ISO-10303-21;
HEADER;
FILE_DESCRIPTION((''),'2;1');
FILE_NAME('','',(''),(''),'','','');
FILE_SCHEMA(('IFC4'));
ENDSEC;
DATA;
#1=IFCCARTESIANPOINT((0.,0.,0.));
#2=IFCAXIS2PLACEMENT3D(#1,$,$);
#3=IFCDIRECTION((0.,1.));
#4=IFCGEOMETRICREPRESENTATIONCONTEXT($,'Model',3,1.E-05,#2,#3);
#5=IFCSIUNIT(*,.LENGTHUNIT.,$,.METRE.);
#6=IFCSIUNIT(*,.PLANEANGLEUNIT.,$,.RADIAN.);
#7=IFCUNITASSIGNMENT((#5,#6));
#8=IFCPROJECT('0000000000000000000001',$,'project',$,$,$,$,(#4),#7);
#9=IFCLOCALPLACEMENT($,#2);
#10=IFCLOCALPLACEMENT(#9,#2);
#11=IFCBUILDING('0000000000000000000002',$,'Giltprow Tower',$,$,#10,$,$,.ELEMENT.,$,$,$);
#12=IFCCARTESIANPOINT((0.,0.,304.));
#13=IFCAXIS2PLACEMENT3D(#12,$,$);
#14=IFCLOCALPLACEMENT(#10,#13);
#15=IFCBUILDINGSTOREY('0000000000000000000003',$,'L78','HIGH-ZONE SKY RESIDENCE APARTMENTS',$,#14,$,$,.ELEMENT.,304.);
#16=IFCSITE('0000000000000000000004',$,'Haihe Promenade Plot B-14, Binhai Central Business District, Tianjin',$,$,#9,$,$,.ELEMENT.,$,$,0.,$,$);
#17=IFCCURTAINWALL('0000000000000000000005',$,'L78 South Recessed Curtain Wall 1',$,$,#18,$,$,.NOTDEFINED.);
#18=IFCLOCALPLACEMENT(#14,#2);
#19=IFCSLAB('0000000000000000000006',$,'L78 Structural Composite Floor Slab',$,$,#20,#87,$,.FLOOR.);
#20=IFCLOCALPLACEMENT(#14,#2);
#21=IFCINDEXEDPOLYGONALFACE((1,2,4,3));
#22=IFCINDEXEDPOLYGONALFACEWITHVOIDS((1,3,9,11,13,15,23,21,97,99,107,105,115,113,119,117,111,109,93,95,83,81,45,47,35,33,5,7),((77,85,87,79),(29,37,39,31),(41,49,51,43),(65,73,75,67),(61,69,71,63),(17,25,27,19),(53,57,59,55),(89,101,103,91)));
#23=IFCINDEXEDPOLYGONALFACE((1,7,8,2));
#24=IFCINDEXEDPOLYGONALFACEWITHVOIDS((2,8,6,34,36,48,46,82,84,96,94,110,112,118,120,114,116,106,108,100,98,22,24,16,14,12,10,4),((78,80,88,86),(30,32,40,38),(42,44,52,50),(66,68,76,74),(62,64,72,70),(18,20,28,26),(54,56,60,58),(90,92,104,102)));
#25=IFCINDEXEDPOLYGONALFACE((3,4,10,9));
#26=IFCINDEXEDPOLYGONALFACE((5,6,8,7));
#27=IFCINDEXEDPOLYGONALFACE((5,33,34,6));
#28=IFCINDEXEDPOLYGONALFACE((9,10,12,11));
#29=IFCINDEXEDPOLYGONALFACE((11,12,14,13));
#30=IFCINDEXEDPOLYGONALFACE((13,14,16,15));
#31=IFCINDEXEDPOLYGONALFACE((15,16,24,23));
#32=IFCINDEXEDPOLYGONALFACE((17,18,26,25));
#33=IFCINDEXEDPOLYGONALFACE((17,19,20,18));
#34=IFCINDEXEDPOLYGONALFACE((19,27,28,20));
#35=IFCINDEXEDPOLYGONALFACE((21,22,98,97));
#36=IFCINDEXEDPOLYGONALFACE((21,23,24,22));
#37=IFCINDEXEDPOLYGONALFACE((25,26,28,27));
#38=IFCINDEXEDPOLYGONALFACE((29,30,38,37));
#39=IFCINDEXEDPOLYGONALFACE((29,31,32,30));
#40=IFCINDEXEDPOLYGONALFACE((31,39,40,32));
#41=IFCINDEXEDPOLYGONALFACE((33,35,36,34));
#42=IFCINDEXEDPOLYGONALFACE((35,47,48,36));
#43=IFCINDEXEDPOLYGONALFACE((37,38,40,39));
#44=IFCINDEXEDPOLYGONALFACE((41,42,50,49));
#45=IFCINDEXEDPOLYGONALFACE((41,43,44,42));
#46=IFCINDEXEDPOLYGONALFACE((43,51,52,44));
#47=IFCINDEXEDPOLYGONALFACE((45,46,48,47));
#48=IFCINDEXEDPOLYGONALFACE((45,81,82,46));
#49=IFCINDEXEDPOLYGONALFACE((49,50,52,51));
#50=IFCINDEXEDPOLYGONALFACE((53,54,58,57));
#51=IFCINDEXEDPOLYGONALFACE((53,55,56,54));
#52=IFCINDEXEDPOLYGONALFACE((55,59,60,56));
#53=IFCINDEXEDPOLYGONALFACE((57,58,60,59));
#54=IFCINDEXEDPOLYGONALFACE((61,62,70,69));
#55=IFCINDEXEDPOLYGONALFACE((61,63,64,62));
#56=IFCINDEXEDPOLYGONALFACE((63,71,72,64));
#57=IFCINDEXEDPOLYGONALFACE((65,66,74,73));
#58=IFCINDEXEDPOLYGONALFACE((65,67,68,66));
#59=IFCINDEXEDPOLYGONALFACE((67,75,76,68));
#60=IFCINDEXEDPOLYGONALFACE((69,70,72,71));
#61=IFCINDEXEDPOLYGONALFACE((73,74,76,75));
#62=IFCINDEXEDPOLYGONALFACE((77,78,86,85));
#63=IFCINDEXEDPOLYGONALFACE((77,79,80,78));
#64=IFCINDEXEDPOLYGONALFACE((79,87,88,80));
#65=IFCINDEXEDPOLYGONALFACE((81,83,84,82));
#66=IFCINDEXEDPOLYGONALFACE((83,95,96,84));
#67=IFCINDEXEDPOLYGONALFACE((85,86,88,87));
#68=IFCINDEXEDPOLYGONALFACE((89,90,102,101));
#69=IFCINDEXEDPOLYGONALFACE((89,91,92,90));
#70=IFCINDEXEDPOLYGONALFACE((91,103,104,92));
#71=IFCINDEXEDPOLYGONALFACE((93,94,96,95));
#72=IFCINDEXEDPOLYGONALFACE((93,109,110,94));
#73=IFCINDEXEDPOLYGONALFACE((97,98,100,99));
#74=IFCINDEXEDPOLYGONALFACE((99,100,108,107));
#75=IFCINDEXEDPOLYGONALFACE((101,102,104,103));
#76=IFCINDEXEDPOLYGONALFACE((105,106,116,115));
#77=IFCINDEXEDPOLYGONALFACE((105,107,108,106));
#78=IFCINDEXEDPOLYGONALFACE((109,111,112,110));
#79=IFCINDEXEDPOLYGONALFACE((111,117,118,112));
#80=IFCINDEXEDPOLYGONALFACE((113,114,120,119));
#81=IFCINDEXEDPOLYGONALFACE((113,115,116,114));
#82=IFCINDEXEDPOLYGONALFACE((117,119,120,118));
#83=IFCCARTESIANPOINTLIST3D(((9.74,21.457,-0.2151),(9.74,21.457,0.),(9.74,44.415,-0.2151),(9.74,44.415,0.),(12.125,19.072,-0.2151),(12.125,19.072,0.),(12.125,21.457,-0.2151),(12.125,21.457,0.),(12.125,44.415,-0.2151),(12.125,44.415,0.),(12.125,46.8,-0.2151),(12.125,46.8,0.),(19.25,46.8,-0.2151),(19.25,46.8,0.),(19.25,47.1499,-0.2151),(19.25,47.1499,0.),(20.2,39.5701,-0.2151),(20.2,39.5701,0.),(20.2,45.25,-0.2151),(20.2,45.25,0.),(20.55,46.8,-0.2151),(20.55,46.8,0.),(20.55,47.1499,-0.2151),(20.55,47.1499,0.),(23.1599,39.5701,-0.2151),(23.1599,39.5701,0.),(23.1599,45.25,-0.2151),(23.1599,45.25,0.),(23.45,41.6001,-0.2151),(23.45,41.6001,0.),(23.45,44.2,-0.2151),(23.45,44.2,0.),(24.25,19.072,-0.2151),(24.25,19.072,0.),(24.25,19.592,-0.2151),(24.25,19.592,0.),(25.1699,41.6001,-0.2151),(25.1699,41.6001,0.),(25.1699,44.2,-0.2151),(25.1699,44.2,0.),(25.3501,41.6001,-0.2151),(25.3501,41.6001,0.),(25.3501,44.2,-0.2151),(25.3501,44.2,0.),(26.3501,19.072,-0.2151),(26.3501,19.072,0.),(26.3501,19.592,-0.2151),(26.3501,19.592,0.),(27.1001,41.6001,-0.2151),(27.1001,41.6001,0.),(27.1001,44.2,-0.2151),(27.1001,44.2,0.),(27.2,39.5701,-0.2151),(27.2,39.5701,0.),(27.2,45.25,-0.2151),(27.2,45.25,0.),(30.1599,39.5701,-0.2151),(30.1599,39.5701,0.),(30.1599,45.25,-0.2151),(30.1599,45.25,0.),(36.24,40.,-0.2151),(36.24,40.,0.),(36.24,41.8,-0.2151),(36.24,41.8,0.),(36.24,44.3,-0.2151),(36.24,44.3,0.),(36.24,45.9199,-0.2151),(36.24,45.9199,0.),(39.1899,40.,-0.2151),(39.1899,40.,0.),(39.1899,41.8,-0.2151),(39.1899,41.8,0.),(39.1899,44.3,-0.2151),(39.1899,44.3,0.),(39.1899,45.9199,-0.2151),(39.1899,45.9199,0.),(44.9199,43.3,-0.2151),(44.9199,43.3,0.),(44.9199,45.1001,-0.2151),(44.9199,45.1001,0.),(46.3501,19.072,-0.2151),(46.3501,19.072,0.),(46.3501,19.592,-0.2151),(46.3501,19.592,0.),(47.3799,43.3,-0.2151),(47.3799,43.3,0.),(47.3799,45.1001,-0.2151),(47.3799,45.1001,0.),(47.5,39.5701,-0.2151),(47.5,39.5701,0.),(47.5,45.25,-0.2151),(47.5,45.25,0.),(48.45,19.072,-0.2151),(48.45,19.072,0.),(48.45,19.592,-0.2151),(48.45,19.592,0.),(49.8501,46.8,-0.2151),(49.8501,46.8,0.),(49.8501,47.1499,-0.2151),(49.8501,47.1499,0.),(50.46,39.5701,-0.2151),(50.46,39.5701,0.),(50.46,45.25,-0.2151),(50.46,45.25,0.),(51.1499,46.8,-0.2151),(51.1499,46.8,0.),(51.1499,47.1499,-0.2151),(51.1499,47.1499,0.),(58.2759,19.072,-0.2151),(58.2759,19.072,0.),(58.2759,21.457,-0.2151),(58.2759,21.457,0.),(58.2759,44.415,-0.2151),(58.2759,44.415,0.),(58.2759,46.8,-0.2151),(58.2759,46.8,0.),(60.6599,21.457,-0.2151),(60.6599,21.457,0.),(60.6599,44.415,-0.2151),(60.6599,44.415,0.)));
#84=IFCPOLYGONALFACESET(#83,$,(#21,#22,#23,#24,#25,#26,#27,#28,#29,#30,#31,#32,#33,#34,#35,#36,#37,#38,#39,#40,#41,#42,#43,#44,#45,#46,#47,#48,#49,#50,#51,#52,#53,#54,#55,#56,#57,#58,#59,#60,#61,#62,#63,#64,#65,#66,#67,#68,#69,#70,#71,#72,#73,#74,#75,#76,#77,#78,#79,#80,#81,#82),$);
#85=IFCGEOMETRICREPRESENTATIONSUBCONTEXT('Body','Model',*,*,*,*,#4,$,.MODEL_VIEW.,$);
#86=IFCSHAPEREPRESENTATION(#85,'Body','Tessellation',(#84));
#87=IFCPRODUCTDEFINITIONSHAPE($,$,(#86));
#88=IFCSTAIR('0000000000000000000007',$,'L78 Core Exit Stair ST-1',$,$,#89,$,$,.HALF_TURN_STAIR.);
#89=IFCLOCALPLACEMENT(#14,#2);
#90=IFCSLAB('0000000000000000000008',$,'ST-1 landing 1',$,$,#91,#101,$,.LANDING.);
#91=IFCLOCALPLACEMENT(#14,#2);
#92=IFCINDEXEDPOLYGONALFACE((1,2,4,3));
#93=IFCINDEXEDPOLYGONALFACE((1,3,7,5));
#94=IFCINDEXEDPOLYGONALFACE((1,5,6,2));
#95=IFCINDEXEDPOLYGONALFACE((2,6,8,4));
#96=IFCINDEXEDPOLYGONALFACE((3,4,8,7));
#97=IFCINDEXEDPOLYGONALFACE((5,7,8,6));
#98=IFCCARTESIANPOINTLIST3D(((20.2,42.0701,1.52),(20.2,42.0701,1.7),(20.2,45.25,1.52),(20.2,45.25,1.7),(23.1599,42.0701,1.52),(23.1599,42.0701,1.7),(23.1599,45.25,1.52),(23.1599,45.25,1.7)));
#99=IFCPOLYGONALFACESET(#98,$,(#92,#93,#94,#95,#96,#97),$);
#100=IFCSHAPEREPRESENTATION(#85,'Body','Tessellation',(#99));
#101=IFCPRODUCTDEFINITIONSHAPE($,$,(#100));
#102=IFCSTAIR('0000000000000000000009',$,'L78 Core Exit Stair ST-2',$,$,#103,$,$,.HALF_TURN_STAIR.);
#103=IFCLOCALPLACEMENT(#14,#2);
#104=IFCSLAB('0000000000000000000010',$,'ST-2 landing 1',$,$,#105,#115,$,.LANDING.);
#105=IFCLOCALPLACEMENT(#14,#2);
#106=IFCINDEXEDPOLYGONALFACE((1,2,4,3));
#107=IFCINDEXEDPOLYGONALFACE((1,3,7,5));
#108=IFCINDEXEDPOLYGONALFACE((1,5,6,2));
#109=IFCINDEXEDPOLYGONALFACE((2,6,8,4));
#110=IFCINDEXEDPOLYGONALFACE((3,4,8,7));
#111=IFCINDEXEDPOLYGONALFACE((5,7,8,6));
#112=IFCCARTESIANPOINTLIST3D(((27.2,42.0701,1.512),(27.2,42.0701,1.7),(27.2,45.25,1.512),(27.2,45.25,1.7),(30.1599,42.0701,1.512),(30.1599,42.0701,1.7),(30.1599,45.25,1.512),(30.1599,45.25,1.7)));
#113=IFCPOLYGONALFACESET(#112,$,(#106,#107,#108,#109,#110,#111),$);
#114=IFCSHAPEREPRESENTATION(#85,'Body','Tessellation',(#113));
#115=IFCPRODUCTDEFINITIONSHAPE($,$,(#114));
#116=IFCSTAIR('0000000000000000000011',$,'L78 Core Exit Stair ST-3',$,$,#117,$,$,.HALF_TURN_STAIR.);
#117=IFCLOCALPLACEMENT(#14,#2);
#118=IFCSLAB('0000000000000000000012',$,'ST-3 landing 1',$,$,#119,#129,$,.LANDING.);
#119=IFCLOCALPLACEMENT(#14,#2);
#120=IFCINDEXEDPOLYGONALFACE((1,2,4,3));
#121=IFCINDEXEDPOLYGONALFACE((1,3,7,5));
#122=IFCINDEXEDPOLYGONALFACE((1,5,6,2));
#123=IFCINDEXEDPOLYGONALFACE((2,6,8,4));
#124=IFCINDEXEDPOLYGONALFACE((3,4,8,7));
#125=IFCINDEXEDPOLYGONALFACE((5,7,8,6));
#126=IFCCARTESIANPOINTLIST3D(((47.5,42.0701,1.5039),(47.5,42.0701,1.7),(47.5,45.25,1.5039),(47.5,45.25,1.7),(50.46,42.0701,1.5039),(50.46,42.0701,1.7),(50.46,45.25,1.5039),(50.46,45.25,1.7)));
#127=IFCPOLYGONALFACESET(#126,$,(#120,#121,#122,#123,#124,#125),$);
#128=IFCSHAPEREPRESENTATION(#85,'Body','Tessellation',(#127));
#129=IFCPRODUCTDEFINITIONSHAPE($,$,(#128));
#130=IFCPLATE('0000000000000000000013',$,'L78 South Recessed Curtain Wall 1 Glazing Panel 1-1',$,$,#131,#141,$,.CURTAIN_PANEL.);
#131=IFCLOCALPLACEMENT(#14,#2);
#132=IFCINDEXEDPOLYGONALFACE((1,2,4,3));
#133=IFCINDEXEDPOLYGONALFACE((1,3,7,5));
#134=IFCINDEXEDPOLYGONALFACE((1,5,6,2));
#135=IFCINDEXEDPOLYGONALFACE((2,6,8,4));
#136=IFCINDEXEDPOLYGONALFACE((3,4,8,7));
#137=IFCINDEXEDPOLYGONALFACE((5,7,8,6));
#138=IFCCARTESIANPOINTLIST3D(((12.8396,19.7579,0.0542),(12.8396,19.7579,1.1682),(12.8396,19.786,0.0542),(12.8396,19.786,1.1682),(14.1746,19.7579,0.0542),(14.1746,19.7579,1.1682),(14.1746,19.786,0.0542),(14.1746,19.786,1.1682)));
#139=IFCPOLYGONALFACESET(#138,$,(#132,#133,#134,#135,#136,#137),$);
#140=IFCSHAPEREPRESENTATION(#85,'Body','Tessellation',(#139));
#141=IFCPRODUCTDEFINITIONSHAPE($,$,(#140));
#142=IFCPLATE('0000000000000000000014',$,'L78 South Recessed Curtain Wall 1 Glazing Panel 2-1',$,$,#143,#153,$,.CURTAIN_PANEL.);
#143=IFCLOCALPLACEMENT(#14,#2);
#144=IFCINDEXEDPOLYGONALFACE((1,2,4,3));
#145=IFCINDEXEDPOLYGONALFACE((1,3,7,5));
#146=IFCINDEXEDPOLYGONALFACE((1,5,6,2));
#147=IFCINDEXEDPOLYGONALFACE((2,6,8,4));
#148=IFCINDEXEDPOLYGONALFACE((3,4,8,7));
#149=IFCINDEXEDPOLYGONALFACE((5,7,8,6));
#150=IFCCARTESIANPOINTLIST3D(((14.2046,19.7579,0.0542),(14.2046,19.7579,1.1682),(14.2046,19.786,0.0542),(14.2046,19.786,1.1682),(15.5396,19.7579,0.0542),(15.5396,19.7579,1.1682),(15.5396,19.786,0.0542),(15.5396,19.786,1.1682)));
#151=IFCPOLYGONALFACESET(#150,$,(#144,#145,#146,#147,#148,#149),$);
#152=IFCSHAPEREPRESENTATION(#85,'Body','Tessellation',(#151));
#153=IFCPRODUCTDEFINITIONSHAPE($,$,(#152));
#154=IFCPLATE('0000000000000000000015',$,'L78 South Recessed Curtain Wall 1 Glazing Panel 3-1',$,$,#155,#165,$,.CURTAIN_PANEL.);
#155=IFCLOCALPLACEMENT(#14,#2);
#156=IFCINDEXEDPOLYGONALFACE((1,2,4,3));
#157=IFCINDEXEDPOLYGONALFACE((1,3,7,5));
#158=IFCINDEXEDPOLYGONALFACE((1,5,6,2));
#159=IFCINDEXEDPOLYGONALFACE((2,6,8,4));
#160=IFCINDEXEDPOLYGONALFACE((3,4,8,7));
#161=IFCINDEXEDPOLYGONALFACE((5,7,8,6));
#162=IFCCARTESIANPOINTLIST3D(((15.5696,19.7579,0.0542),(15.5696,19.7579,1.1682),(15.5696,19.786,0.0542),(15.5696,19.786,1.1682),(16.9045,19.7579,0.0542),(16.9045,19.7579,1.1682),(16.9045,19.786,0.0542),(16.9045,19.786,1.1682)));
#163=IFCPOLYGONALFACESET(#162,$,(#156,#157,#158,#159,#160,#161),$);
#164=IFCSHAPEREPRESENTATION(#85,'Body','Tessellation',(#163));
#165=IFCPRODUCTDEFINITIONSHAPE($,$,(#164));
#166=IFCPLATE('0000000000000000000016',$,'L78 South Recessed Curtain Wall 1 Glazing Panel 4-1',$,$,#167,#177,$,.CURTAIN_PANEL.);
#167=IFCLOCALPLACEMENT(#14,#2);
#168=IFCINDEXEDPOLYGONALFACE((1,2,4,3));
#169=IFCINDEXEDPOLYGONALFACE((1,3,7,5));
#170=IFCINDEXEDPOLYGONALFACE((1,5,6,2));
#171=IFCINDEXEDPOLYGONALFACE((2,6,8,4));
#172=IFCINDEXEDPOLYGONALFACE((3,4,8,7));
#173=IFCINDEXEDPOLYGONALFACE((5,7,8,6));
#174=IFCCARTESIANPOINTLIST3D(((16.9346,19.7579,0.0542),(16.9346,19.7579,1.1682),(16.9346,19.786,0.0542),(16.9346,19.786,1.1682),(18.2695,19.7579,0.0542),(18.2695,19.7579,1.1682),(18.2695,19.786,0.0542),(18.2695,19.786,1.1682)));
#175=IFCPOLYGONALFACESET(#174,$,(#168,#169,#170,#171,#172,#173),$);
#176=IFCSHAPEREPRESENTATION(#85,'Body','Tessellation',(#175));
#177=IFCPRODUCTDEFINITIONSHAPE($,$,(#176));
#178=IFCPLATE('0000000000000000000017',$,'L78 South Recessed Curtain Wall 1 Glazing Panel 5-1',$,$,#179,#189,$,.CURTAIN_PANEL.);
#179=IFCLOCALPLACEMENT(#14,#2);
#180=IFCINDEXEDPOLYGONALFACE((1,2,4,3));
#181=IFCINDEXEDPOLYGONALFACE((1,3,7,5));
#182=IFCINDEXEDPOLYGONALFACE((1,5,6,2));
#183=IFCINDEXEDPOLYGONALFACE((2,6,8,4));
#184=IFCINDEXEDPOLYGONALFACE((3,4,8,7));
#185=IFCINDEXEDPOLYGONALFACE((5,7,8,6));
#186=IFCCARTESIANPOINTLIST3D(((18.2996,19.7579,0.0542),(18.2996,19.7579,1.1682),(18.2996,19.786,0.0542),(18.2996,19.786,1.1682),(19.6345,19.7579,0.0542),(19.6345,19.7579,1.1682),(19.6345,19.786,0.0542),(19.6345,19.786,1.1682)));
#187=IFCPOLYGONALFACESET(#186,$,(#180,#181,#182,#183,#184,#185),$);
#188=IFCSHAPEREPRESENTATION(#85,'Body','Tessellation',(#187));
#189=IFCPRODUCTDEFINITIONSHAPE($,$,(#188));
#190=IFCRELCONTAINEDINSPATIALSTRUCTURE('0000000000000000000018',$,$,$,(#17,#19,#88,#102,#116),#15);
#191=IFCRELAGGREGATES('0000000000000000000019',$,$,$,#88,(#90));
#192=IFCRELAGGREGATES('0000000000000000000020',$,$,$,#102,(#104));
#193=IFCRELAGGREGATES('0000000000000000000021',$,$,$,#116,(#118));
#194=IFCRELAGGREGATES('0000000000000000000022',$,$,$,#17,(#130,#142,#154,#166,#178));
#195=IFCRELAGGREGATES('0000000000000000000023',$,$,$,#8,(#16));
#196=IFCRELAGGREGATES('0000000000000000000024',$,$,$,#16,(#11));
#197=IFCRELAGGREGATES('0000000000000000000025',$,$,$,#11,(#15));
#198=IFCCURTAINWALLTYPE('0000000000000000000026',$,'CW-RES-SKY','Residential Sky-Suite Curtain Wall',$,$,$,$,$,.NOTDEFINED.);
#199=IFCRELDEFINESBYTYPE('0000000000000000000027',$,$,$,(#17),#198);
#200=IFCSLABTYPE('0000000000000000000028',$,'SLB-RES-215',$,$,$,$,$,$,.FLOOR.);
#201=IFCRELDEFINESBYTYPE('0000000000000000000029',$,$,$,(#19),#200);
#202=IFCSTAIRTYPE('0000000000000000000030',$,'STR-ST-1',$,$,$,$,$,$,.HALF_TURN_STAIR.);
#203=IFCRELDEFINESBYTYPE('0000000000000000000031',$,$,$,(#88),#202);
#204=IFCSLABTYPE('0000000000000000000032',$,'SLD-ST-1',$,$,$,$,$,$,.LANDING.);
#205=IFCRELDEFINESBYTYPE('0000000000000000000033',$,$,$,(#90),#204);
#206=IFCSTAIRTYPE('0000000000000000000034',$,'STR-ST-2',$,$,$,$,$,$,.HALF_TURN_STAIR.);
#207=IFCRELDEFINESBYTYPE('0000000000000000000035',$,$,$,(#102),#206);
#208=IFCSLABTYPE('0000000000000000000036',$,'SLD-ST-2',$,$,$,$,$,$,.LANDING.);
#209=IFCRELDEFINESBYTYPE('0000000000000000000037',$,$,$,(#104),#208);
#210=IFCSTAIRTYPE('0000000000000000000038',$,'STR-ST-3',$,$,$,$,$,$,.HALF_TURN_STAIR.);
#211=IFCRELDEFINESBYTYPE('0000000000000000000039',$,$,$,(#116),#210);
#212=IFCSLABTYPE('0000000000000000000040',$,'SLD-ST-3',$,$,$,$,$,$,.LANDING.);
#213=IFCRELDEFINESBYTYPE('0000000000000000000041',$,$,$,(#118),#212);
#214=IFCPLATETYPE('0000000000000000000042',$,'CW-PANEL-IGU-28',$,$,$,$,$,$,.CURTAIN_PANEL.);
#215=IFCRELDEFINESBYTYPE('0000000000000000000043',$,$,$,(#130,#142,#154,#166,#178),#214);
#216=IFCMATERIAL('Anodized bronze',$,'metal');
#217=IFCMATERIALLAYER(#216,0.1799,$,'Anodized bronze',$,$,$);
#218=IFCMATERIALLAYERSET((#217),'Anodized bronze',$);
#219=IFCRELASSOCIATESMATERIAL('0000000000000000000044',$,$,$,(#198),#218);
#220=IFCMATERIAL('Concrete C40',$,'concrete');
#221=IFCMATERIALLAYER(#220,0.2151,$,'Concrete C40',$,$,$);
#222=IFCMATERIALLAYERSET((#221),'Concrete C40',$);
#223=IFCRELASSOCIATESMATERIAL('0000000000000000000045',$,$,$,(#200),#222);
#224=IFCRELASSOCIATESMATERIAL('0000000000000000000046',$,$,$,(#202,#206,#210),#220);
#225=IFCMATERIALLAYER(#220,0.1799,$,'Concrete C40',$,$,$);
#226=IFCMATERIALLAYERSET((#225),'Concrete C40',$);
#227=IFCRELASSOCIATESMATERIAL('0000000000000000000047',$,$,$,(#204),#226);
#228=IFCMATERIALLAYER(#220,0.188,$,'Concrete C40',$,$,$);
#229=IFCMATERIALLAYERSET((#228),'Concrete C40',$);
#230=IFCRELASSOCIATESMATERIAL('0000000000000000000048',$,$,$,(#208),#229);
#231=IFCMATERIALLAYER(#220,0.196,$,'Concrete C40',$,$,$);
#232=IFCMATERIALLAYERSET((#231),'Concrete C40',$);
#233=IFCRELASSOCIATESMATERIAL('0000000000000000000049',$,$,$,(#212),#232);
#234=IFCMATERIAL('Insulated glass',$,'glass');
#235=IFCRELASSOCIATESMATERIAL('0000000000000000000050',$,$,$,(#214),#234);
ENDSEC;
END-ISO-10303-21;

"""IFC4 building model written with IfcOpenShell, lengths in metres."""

from ifc_helpers import new_model, si_unit, direction, frame, origin, origin_2d, place, context, subcontext, project, spatial, polyline, rectangle, outline, extrude, source, transform, mapped, material, layer, layer_set, type_object, element, aggregate, save


model = new_model("IFC4")

# Units and contexts
model_context = context("Model", 3, precision=1e-05, world=origin(), true_north=direction((0.0, 1.0)))
body_context = subcontext(model_context, "Body", "Model", "MODEL_VIEW")
ifc_project = project(units=[si_unit("LENGTHUNIT", "METRE"), si_unit("PLANEANGLEUNIT", "RADIAN")], contexts=[model_context])

# Site, building, storey
site_placement = place(None, origin())
site = spatial("IfcSite", under=ifc_project, at=site_placement, Name="Haihe Promenade Plot B-14, Binhai Central Business District, Tianjin", CompositionType="ELEMENT", RefElevation=0.0)
building_placement = place(site_placement, origin())
building = spatial("IfcBuilding", under=site, at=building_placement, Name="Giltprow Tower", CompositionType="ELEMENT")
storey_placement = place(building_placement, frame((0.0, 0.0, 304.0)))
storey = spatial("IfcBuildingStorey", under=building, at=storey_placement, Name="L78", Description="HIGH-ZONE SKY RESIDENCE APARTMENTS", CompositionType="ELEMENT", Elevation=304.0)

# Curtain wall
ifc_material_1 = material(Name="Anodized bronze", Category="metal")
ifc_layer_1 = layer(ifc_material_1, 0.1799, Name="Anodized bronze")
ifc_layer_set_1 = layer_set([ifc_layer_1], Name="Anodized bronze")
curtain_wall_type = type_object("IfcCurtainWallType", Name="CW-RES-SKY", Description="Residential Sky-Suite Curtain Wall", PredefinedType="NOTDEFINED", material=ifc_layer_set_1)
curtain_wall_placement = place(storey_placement, origin())
curtain_wall = element("IfcCurtainWall", 1, at=curtain_wall_placement, inside=storey, type_object=curtain_wall_type, Name="L78 South Recessed Curtain Wall 1", PredefinedType="NOTDEFINED")

# Slab
ifc_material_2 = material(Name="Concrete C40", Category="concrete")
ifc_layer_2 = layer(ifc_material_2, 0.2151, Name="Concrete C40")
ifc_layer_set_2 = layer_set([ifc_layer_2], Name="Concrete C40")
slab_type_1 = type_object("IfcSlabType", Name="SLB-RES-215", PredefinedType="FLOOR", material=ifc_layer_set_2)
slab_1_placement = place(storey_placement, frame((0.0, 0.0, -0.2151)))
element("IfcSlab", 2, at=slab_1_placement, inside=storey, type_object=slab_type_1, Name="L78 Structural Composite Floor Slab", PredefinedType="FLOOR", context=body_context, shape_type="SweptSolid", body=[
    extrude(outline(polyline([(60.6599, 44.415), (60.6599, 21.457), (58.2759, 21.457), (58.2759, 19.072), (48.45, 19.072), (48.45, 19.592), (46.3501, 19.592), (46.3501, 19.072), (26.3501, 19.072), (26.3501, 19.592), (24.25, 19.592), (24.25, 19.072), (12.125, 19.072), (12.125, 21.457), (9.74, 21.457), (9.74, 44.415), (12.125, 44.415), (12.125, 46.8), (19.25, 46.8), (19.25, 47.1499), (20.55, 47.1499), (20.55, 46.8), (49.8501, 46.8), (49.8501, 47.1499), (51.1499, 47.1499), (51.1499, 46.8), (58.2759, 46.8), (58.2759, 44.415), (60.6599, 44.415)]), holes=[polyline([(39.1899, 41.8), (36.24, 41.8), (36.24, 40.0), (39.1899, 40.0), (39.1899, 41.8)]), polyline([(23.1599, 39.5701), (23.1599, 45.25), (20.2, 45.25), (20.2, 39.5701), (23.1599, 39.5701)]), polyline([(30.1599, 39.5701), (30.1599, 45.25), (27.2, 45.25), (27.2, 39.5701), (30.1599, 39.5701)]), polyline([(50.46, 45.25), (47.5, 45.25), (47.5, 39.5701), (50.46, 39.5701), (50.46, 45.25)]), polyline([(25.1699, 44.2), (23.45, 44.2), (23.45, 41.6001), (25.1699, 41.6001), (25.1699, 44.2)]), polyline([(27.1001, 44.2), (25.3501, 44.2), (25.3501, 41.6001), (27.1001, 41.6001), (27.1001, 44.2)]), polyline([(47.3799, 43.3), (47.3799, 45.1001), (44.9199, 45.1001), (44.9199, 43.3), (47.3799, 43.3)]), polyline([(39.1899, 44.3), (39.1899, 45.9199), (36.24, 45.9199), (36.24, 44.3), (39.1899, 44.3)])]), origin(), (0.0, 0.0, 1.0), 0.2151),
])

# Stairs, slabs
stair_type_1 = type_object("IfcStairType", Name="STR-ST-1", PredefinedType="HALF_TURN_STAIR", material=ifc_material_2)
stair_1_placement = place(storey_placement, origin())
stair_1 = element("IfcStair", 3, at=stair_1_placement, inside=storey, type_object=stair_type_1, Name="L78 Core Exit Stair ST-1", PredefinedType="HALF_TURN_STAIR")
ifc_layer_3 = layer(ifc_material_2, 0.1799, Name="Concrete C40")
ifc_layer_set_3 = layer_set([ifc_layer_3], Name="Concrete C40")
slab_type_2 = type_object("IfcSlabType", Name="SLD-ST-1", PredefinedType="LANDING", material=ifc_layer_set_3)
slab_2_placement = place(storey_placement, frame((0.0, 0.0, 1.52)))
slab_2 = element("IfcSlab", 4, at=slab_2_placement, type_object=slab_type_2, Name="ST-1 landing 1", PredefinedType="LANDING", context=body_context, shape_type="SweptSolid", body=[
    extrude(outline(polyline([(23.1599, 42.0701), (23.1599, 45.25), (20.2, 45.25), (20.2, 42.0701), (23.1599, 42.0701)])), origin(), (0.0, 0.0, 1.0), 0.1799),
])
aggregate(stair_1, [slab_2])
stair_type_2 = type_object("IfcStairType", Name="STR-ST-2", PredefinedType="HALF_TURN_STAIR", material=ifc_material_2)
stair_2_placement = place(storey_placement, origin())
stair_2 = element("IfcStair", 5, at=stair_2_placement, inside=storey, type_object=stair_type_2, Name="L78 Core Exit Stair ST-2", PredefinedType="HALF_TURN_STAIR")
ifc_layer_4 = layer(ifc_material_2, 0.188, Name="Concrete C40")
ifc_layer_set_4 = layer_set([ifc_layer_4], Name="Concrete C40")
slab_type_3 = type_object("IfcSlabType", Name="SLD-ST-2", PredefinedType="LANDING", material=ifc_layer_set_4)
slab_3_placement = place(storey_placement, frame((0.0, 0.0, 1.512)))
slab_3 = element("IfcSlab", 6, at=slab_3_placement, type_object=slab_type_3, Name="ST-2 landing 1", PredefinedType="LANDING", context=body_context, shape_type="SweptSolid", body=[
    extrude(outline(polyline([(30.1599, 42.0701), (30.1599, 45.25), (27.2, 45.25), (27.2, 42.0701), (30.1599, 42.0701)])), origin(), (0.0, 0.0, 1.0), 0.188),
])
aggregate(stair_2, [slab_3])
stair_type_3 = type_object("IfcStairType", Name="STR-ST-3", PredefinedType="HALF_TURN_STAIR", material=ifc_material_2)
stair_3_placement = place(storey_placement, origin())
stair_3 = element("IfcStair", 7, at=stair_3_placement, inside=storey, type_object=stair_type_3, Name="L78 Core Exit Stair ST-3", PredefinedType="HALF_TURN_STAIR")
ifc_layer_5 = layer(ifc_material_2, 0.196, Name="Concrete C40")
ifc_layer_set_5 = layer_set([ifc_layer_5], Name="Concrete C40")
slab_type_4 = type_object("IfcSlabType", Name="SLD-ST-3", PredefinedType="LANDING", material=ifc_layer_set_5)
slab_4_placement = place(storey_placement, frame((0.0, 0.0, 1.5039)))
slab_4 = element("IfcSlab", 8, at=slab_4_placement, type_object=slab_type_4, Name="ST-3 landing 1", PredefinedType="LANDING", context=body_context, shape_type="SweptSolid", body=[
    extrude(outline(polyline([(50.46, 42.0701), (50.46, 45.25), (47.5, 45.25), (47.5, 42.0701), (50.46, 42.0701)])), origin(), (0.0, 0.0, 1.0), 0.196),
])
aggregate(stair_3, [slab_4])

# Plates
ifc_material_3 = material(Name="Insulated glass", Category="glass")
plate_type = type_object("IfcPlateType", Name="CW-PANEL-IGU-28", PredefinedType="CURTAIN_PANEL", material=ifc_material_3)
shared_shape_1 = source(origin(), body_context, "Body", "SweptSolid", [
    extrude(rectangle(XDim=1.335, YDim=0.0281, at=origin_2d()), origin(), (0.0, 0.0, 1.0), 1.114),
])
plate_1_placement = place(storey_placement, frame((13.5071, 19.772, 0.0542), z_axis=(0.0, 0.0, 1.0), x_axis=(1.0, 0.0, 0.0)))
plate_1 = element("IfcPlate", 9, at=plate_1_placement, type_object=plate_type, Name="L78 South Recessed Curtain Wall 1 Glazing Panel 1-1", PredefinedType="CURTAIN_PANEL", context=body_context, shape_type="MappedRepresentation", body=[
    mapped(shared_shape_1, transform((0.0, 0.0, 0.0), x_axis=(1.0, 0.0, 0.0), y_axis=(0.0, 1.0, 0.0), z_axis=(0.0, 0.0, 1.0), scale=1.0)),
])
plate_2_placement = place(storey_placement, frame((14.8721, 19.772, 0.0542), z_axis=(0.0, 0.0, 1.0), x_axis=(1.0, 0.0, 0.0)))
plate_2 = element("IfcPlate", 10, at=plate_2_placement, type_object=plate_type, Name="L78 South Recessed Curtain Wall 1 Glazing Panel 2-1", PredefinedType="CURTAIN_PANEL", context=body_context, shape_type="MappedRepresentation", body=[
    mapped(shared_shape_1, transform((0.0, 0.0, 0.0), x_axis=(1.0, 0.0, 0.0), y_axis=(0.0, 1.0, 0.0), z_axis=(0.0, 0.0, 1.0), scale=1.0)),
])
plate_3_placement = place(storey_placement, frame((16.2371, 19.772, 0.0542), z_axis=(0.0, 0.0, 1.0), x_axis=(1.0, 0.0, 0.0)))
plate_3 = element("IfcPlate", 11, at=plate_3_placement, type_object=plate_type, Name="L78 South Recessed Curtain Wall 1 Glazing Panel 3-1", PredefinedType="CURTAIN_PANEL", context=body_context, shape_type="MappedRepresentation", body=[
    mapped(shared_shape_1, transform((0.0, 0.0, 0.0), x_axis=(1.0, 0.0, 0.0), y_axis=(0.0, 1.0, 0.0), z_axis=(0.0, 0.0, 1.0), scale=1.0)),
])
plate_4_placement = place(storey_placement, frame((17.6021, 19.772, 0.0542), z_axis=(0.0, 0.0, 1.0), x_axis=(1.0, 0.0, 0.0)))
plate_4 = element("IfcPlate", 12, at=plate_4_placement, type_object=plate_type, Name="L78 South Recessed Curtain Wall 1 Glazing Panel 4-1", PredefinedType="CURTAIN_PANEL", context=body_context, shape_type="MappedRepresentation", body=[
    mapped(shared_shape_1, transform((0.0, 0.0, 0.0), x_axis=(1.0, 0.0, 0.0), y_axis=(0.0, 1.0, 0.0), z_axis=(0.0, 0.0, 1.0), scale=1.0)),
])
plate_5_placement = place(storey_placement, frame((18.967, 19.772, 0.0542), z_axis=(0.0, 0.0, 1.0), x_axis=(1.0, 0.0, 0.0)))
plate_5 = element("IfcPlate", 13, at=plate_5_placement, type_object=plate_type, Name="L78 South Recessed Curtain Wall 1 Glazing Panel 5-1", PredefinedType="CURTAIN_PANEL", context=body_context, shape_type="MappedRepresentation", body=[
    mapped(shared_shape_1, transform((0.0, 0.0, 0.0), x_axis=(1.0, 0.0, 0.0), y_axis=(0.0, 1.0, 0.0), z_axis=(0.0, 0.0, 1.0), scale=1.0)),
])
aggregate(curtain_wall, [plate_1, plate_2, plate_3, plate_4, plate_5])

save(model, "model.ifc")
